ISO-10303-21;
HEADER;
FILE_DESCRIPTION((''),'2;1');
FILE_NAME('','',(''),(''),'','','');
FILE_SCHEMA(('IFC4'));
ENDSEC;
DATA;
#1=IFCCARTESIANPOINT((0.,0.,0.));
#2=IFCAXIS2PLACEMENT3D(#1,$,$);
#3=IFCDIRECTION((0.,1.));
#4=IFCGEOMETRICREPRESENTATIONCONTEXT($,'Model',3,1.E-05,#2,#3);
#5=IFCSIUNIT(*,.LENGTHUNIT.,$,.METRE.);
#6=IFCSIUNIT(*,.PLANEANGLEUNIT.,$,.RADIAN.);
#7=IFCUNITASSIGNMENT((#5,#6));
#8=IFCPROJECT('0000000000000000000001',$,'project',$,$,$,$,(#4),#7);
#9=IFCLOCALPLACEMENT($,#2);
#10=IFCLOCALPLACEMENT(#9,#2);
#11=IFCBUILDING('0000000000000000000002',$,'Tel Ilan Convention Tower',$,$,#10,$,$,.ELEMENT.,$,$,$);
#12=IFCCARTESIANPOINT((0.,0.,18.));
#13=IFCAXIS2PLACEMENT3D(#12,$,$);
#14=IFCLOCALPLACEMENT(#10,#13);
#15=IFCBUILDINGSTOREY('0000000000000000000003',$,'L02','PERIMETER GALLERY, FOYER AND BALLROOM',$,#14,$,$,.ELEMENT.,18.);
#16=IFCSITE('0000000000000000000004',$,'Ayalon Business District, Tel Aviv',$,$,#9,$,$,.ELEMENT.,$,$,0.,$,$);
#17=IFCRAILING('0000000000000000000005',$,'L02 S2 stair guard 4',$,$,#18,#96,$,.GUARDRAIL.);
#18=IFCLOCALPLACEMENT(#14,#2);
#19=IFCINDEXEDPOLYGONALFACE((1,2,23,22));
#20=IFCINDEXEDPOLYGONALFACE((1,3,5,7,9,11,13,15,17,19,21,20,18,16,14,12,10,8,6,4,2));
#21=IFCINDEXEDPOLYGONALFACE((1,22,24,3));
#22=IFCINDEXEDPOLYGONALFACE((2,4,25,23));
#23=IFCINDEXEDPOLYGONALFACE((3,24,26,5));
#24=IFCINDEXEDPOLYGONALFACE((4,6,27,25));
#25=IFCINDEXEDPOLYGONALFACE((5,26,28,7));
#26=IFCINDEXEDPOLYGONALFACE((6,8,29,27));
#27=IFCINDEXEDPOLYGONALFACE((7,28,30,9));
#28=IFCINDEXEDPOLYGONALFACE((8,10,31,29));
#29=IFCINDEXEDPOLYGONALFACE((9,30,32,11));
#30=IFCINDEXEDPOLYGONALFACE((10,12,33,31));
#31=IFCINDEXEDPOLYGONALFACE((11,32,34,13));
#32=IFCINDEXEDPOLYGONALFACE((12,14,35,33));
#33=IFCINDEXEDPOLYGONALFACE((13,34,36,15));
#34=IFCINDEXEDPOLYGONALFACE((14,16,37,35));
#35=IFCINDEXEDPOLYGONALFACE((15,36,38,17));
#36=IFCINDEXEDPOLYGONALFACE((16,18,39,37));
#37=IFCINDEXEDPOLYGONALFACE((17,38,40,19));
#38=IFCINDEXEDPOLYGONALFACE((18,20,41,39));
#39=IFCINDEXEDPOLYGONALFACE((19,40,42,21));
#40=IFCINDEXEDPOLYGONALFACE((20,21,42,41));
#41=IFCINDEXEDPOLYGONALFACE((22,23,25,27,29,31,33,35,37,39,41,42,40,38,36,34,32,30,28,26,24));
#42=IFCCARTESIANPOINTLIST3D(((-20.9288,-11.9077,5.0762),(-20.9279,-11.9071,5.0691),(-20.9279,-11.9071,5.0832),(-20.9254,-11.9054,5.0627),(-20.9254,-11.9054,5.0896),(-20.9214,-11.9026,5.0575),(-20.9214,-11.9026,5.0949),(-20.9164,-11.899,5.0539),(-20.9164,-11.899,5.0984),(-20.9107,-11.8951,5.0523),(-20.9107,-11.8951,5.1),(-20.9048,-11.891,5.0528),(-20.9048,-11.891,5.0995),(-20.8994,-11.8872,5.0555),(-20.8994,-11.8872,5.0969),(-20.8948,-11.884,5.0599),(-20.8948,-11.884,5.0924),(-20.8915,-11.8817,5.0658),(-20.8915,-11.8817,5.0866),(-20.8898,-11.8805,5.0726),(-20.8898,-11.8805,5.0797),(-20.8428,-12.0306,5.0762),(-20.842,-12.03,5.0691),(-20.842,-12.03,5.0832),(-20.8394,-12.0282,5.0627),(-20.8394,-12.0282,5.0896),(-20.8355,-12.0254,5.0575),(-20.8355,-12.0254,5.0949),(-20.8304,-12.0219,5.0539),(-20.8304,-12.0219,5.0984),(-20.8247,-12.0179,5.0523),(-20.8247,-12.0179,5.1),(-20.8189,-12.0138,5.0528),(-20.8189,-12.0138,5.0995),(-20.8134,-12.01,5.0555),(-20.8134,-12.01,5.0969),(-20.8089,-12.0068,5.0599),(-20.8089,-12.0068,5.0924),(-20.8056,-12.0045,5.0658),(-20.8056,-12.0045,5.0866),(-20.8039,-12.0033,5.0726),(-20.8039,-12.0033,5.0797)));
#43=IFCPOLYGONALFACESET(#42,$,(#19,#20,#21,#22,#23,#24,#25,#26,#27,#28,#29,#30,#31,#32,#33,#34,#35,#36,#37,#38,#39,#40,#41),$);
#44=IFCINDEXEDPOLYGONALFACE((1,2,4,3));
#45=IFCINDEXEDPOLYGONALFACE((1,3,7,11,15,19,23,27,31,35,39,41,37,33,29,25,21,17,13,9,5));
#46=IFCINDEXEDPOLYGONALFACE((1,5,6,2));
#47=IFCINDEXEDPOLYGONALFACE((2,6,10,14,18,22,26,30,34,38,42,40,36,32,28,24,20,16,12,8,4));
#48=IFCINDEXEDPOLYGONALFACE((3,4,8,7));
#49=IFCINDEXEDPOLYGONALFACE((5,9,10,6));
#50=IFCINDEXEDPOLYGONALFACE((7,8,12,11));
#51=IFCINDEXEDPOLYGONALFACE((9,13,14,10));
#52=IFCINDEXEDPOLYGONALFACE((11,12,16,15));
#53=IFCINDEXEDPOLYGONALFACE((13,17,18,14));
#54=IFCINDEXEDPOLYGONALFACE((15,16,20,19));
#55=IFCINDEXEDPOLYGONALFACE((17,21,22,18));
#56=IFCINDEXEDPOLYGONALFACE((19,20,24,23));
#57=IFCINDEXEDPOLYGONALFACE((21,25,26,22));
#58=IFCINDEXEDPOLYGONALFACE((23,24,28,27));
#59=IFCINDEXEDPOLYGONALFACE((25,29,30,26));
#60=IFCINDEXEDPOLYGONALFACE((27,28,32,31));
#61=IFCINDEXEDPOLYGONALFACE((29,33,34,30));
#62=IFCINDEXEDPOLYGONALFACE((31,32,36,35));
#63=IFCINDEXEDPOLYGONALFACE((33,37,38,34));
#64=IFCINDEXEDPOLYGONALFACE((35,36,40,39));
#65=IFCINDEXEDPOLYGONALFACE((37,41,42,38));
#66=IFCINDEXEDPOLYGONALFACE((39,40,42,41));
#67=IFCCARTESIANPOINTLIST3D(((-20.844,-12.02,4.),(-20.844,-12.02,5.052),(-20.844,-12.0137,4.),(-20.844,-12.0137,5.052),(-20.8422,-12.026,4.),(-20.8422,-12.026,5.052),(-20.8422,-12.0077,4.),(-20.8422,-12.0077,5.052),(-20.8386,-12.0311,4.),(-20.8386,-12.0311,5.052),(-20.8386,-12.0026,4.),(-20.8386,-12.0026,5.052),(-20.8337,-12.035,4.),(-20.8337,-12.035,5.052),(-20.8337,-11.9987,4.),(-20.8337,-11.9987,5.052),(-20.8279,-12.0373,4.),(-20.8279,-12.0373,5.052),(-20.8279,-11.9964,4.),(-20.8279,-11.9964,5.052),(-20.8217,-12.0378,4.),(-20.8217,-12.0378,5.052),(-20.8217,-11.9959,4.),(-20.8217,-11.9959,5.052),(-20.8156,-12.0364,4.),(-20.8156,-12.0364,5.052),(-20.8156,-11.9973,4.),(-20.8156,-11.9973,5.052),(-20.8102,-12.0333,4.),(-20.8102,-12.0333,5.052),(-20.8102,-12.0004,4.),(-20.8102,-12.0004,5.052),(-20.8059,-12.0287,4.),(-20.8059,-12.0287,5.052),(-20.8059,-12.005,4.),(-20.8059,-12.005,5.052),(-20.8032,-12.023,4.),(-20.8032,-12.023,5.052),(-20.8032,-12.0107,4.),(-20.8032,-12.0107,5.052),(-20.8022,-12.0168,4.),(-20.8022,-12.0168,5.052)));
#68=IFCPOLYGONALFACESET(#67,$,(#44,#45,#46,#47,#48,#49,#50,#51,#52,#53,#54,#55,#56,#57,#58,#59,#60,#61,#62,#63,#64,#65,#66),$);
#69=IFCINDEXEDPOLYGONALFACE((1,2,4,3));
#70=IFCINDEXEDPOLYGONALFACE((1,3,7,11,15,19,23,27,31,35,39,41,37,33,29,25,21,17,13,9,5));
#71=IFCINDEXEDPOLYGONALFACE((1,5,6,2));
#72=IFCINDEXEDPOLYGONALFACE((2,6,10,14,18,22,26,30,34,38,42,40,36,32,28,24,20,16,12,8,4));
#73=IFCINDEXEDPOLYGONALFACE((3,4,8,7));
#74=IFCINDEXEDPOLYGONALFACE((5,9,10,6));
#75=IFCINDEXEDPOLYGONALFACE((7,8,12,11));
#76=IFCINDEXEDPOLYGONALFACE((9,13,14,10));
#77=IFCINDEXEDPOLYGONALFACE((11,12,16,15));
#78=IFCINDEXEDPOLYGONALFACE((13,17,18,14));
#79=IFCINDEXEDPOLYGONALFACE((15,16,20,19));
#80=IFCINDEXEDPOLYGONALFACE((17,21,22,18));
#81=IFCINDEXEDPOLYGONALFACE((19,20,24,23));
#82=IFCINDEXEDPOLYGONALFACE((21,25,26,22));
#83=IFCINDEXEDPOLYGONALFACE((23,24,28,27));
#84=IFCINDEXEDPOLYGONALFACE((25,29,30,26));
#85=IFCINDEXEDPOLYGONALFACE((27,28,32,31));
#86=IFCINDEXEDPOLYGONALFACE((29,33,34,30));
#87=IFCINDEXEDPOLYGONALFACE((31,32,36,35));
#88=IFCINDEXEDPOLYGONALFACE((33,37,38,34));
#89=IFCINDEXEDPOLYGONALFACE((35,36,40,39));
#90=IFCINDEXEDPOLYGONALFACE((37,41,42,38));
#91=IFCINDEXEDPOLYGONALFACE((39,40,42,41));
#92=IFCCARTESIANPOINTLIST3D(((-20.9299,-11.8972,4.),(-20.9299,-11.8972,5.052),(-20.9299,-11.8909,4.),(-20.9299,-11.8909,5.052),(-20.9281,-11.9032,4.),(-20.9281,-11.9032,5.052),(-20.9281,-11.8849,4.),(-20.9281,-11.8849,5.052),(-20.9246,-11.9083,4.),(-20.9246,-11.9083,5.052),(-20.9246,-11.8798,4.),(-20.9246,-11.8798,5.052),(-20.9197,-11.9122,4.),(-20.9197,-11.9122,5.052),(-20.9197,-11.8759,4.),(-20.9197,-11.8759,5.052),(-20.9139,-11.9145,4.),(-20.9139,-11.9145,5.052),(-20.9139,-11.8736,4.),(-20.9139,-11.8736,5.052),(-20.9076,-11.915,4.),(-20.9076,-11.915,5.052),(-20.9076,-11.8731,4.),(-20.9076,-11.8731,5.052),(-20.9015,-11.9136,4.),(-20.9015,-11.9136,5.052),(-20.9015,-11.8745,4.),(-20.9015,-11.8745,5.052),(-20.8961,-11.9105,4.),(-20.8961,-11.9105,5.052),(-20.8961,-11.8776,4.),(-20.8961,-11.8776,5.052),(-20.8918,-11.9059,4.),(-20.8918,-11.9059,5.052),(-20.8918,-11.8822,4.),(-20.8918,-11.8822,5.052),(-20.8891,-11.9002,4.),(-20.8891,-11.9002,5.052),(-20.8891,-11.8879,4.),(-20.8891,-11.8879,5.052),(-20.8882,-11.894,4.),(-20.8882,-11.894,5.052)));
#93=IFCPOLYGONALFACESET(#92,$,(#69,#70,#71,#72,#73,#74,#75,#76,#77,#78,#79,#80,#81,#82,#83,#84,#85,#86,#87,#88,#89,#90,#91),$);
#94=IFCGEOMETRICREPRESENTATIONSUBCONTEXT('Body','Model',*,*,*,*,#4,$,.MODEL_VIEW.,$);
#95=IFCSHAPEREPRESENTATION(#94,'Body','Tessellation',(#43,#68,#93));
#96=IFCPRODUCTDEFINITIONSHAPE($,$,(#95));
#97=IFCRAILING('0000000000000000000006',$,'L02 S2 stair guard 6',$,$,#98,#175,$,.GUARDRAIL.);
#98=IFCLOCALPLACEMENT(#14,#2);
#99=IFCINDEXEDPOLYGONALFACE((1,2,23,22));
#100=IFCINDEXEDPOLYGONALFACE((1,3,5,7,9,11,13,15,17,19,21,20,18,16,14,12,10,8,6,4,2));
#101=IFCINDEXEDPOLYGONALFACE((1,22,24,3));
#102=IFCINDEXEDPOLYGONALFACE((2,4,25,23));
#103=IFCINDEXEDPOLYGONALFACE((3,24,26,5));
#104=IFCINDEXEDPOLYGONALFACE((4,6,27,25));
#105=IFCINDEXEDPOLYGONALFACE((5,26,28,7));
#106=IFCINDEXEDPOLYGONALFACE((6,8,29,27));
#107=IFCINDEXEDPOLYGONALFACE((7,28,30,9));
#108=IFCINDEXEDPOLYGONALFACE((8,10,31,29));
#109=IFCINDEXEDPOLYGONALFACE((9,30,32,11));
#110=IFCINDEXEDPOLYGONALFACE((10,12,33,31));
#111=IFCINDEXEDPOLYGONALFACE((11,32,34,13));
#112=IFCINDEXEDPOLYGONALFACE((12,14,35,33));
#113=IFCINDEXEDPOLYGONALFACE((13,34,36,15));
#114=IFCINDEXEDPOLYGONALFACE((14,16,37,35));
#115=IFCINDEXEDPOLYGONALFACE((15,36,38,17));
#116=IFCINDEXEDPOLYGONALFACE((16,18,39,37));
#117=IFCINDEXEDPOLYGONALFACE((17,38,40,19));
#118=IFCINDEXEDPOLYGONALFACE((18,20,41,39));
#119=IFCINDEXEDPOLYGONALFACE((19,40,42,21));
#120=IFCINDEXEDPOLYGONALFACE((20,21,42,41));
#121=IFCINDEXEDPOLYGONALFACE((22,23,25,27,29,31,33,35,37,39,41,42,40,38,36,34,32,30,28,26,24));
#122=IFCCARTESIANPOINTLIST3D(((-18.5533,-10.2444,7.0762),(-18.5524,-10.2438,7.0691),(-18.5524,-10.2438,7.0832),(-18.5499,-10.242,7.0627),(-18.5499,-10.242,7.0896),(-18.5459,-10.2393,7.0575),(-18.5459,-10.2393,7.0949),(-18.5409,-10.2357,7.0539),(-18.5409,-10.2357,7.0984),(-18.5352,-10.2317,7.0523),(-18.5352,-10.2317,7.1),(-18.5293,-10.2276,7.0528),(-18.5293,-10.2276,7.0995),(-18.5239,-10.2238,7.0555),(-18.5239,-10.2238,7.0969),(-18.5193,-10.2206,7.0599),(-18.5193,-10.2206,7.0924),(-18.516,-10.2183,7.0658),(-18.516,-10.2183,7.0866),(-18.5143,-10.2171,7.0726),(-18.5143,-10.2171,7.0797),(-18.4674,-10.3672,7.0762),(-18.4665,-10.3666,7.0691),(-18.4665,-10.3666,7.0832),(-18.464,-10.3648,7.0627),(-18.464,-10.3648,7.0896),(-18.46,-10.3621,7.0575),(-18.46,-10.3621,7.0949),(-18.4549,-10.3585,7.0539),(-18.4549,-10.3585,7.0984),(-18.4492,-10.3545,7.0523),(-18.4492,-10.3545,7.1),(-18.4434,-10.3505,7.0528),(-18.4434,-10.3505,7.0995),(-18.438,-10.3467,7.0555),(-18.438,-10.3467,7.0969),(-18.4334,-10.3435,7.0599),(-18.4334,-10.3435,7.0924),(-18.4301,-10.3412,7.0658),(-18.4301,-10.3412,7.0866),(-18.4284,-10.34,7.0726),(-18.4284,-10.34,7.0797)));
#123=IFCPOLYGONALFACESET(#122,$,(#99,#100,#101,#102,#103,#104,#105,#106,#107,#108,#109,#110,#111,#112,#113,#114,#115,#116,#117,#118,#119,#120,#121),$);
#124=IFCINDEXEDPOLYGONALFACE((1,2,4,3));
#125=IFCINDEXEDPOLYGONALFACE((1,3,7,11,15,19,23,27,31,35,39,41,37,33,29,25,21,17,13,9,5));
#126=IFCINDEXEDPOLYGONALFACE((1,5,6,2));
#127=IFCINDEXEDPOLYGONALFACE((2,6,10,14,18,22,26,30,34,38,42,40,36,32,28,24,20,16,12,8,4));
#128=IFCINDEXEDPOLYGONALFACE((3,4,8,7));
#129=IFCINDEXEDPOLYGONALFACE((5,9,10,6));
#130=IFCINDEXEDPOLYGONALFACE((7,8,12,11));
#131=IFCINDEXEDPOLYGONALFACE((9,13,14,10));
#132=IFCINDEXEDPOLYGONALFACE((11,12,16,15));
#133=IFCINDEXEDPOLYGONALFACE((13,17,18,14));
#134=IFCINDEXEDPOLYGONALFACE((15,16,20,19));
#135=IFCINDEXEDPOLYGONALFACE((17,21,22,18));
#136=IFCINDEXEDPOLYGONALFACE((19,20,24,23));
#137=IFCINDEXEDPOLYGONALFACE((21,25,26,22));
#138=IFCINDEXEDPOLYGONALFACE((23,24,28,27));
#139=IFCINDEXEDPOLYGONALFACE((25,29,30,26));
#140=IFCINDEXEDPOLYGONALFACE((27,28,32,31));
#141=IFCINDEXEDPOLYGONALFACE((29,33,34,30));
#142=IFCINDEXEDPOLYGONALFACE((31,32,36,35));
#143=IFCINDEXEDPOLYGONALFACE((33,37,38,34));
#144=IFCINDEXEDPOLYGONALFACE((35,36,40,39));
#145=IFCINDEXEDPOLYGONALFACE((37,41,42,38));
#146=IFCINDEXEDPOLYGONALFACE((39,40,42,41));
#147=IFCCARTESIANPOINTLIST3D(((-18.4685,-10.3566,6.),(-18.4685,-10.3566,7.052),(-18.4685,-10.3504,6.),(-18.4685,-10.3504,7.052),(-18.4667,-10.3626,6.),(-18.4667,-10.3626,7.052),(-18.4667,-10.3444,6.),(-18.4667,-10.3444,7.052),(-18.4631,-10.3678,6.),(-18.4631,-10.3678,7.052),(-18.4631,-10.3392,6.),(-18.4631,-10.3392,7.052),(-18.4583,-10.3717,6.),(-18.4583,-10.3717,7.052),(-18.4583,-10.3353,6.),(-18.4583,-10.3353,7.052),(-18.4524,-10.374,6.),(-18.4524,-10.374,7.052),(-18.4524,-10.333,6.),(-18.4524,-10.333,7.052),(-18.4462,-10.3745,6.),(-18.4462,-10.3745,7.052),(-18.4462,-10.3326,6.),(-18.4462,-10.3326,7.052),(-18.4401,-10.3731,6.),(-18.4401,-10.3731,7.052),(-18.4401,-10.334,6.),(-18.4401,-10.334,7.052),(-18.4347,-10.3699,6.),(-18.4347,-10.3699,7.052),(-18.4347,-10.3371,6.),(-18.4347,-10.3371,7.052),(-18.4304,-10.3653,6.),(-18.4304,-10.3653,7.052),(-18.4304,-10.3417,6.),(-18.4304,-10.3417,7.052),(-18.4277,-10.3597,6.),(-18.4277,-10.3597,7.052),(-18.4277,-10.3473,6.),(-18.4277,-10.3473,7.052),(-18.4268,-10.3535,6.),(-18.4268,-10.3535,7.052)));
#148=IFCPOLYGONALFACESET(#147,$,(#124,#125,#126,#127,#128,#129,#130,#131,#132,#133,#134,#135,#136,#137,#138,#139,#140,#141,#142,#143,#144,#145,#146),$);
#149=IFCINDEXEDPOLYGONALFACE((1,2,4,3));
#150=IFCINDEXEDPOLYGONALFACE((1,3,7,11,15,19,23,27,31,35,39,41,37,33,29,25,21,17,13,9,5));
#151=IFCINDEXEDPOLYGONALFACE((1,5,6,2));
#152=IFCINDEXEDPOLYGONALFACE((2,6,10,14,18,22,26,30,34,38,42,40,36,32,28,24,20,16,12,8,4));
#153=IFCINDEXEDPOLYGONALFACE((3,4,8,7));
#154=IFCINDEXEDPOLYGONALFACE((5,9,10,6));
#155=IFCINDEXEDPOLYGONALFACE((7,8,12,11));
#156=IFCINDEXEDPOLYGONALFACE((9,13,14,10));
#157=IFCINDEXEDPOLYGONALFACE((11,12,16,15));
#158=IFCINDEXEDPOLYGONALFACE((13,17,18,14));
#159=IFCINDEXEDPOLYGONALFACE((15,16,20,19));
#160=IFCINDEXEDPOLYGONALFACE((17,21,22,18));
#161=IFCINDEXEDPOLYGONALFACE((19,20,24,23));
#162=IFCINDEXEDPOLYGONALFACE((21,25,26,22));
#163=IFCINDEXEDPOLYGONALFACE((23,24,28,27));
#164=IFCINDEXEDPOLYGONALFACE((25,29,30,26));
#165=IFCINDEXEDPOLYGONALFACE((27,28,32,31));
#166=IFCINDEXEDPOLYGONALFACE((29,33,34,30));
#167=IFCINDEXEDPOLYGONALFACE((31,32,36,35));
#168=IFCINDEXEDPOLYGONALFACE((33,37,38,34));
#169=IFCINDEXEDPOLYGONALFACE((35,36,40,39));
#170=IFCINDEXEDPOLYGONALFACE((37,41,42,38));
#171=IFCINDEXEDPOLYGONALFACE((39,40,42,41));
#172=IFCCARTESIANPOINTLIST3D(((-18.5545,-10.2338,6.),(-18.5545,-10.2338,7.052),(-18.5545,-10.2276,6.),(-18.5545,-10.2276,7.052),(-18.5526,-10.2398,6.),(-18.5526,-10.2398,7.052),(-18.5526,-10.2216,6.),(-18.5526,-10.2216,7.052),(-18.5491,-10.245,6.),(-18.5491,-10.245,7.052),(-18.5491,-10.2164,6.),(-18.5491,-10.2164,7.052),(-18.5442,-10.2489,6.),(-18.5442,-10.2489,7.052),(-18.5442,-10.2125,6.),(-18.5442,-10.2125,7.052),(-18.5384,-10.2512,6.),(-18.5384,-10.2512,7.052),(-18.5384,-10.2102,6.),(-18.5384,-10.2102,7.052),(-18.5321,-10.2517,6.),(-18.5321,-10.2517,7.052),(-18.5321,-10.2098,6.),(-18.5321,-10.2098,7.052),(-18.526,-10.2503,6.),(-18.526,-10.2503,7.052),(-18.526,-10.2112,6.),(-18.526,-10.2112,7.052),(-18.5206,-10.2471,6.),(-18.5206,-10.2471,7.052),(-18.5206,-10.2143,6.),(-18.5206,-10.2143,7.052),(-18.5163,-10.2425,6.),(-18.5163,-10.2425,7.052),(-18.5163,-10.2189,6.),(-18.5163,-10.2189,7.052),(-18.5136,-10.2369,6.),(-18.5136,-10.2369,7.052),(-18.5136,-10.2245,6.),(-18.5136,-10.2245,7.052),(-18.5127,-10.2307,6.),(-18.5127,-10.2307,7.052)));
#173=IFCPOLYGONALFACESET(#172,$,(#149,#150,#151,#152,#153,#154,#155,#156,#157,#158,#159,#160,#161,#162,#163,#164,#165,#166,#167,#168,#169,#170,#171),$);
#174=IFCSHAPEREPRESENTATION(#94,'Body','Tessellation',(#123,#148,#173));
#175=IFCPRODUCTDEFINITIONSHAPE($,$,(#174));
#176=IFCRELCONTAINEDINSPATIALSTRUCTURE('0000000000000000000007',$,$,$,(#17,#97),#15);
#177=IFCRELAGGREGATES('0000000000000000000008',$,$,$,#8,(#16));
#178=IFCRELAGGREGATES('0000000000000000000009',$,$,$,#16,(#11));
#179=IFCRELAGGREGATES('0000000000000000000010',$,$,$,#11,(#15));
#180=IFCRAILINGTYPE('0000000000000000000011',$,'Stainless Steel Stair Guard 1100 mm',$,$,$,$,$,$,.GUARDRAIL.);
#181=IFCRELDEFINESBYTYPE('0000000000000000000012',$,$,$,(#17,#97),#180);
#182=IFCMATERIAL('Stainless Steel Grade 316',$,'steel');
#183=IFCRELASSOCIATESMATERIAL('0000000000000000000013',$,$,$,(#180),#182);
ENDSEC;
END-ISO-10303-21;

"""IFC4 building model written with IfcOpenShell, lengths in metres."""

from ifc_helpers import new_model, si_unit, direction, frame, origin, origin_2d, place, context, subcontext, project, spatial, circle, extrude, material, type_object, element, save


model = new_model("IFC4")

# Units and contexts
model_context = context("Model", 3, precision=1e-05, world=origin(), true_north=direction((0.0, 1.0)))
body_context = subcontext(model_context, "Body", "Model", "MODEL_VIEW")
ifc_project = project(units=[si_unit("LENGTHUNIT", "METRE"), si_unit("PLANEANGLEUNIT", "RADIAN")], contexts=[model_context])

# Site, building, storey
site_placement = place(None, origin())
site = spatial("IfcSite", under=ifc_project, at=site_placement, Name="Ayalon Business District, Tel Aviv", CompositionType="ELEMENT", RefElevation=0.0)
building_placement = place(site_placement, origin())
building = spatial("IfcBuilding", under=site, at=building_placement, Name="Tel Ilan Convention Tower", CompositionType="ELEMENT")
storey_placement = place(building_placement, frame((0.0, 0.0, 18.0)))
storey = spatial("IfcBuildingStorey", under=building, at=storey_placement, Name="L02", Description="PERIMETER GALLERY, FOYER AND BALLROOM", CompositionType="ELEMENT", Elevation=18.0)

# Railings
ifc_material_1 = material(Name="Stainless Steel Grade 316", Category="steel")
railing_type_1 = type_object("IfcRailingType", Name="Stainless Steel Stair Guard 1100 mm", PredefinedType="GUARDRAIL", material=ifc_material_1)
for number, where, name in (
    (1, (-20.8232, -12.0168, 4.0), "L02 S2 stair guard 4"),
    (2, (-18.4478, -10.3535, 6.0), "L02 S2 stair guard 6"),
):
    element("IfcRailing", number, at=place(storey_placement, frame(where)), inside=storey, type_object=railing_type_1, Name=name, PredefinedType="GUARDRAIL", context=body_context, shape_type="SweptSolid", body=[
        extrude(circle(Radius=0.0239, at=origin_2d()), frame((0.0, 0.0, 1.0762), z_axis=(-0.573353, 0.819308, 0.0), x_axis=(-0.819308, -0.573353, 0.0)), (0.0, 0.0, 1.0), 0.1499),
        extrude(circle(Radius=0.021, at=origin_2d()), origin(), (0.0, 0.0, 1.0), 1.052),
        extrude(circle(Radius=0.021, at=origin_2d()), frame((-0.0859, 0.1228, 0.0)), (0.0, 0.0, 1.0), 1.052),
    ])

save(model, "model.ifc")
